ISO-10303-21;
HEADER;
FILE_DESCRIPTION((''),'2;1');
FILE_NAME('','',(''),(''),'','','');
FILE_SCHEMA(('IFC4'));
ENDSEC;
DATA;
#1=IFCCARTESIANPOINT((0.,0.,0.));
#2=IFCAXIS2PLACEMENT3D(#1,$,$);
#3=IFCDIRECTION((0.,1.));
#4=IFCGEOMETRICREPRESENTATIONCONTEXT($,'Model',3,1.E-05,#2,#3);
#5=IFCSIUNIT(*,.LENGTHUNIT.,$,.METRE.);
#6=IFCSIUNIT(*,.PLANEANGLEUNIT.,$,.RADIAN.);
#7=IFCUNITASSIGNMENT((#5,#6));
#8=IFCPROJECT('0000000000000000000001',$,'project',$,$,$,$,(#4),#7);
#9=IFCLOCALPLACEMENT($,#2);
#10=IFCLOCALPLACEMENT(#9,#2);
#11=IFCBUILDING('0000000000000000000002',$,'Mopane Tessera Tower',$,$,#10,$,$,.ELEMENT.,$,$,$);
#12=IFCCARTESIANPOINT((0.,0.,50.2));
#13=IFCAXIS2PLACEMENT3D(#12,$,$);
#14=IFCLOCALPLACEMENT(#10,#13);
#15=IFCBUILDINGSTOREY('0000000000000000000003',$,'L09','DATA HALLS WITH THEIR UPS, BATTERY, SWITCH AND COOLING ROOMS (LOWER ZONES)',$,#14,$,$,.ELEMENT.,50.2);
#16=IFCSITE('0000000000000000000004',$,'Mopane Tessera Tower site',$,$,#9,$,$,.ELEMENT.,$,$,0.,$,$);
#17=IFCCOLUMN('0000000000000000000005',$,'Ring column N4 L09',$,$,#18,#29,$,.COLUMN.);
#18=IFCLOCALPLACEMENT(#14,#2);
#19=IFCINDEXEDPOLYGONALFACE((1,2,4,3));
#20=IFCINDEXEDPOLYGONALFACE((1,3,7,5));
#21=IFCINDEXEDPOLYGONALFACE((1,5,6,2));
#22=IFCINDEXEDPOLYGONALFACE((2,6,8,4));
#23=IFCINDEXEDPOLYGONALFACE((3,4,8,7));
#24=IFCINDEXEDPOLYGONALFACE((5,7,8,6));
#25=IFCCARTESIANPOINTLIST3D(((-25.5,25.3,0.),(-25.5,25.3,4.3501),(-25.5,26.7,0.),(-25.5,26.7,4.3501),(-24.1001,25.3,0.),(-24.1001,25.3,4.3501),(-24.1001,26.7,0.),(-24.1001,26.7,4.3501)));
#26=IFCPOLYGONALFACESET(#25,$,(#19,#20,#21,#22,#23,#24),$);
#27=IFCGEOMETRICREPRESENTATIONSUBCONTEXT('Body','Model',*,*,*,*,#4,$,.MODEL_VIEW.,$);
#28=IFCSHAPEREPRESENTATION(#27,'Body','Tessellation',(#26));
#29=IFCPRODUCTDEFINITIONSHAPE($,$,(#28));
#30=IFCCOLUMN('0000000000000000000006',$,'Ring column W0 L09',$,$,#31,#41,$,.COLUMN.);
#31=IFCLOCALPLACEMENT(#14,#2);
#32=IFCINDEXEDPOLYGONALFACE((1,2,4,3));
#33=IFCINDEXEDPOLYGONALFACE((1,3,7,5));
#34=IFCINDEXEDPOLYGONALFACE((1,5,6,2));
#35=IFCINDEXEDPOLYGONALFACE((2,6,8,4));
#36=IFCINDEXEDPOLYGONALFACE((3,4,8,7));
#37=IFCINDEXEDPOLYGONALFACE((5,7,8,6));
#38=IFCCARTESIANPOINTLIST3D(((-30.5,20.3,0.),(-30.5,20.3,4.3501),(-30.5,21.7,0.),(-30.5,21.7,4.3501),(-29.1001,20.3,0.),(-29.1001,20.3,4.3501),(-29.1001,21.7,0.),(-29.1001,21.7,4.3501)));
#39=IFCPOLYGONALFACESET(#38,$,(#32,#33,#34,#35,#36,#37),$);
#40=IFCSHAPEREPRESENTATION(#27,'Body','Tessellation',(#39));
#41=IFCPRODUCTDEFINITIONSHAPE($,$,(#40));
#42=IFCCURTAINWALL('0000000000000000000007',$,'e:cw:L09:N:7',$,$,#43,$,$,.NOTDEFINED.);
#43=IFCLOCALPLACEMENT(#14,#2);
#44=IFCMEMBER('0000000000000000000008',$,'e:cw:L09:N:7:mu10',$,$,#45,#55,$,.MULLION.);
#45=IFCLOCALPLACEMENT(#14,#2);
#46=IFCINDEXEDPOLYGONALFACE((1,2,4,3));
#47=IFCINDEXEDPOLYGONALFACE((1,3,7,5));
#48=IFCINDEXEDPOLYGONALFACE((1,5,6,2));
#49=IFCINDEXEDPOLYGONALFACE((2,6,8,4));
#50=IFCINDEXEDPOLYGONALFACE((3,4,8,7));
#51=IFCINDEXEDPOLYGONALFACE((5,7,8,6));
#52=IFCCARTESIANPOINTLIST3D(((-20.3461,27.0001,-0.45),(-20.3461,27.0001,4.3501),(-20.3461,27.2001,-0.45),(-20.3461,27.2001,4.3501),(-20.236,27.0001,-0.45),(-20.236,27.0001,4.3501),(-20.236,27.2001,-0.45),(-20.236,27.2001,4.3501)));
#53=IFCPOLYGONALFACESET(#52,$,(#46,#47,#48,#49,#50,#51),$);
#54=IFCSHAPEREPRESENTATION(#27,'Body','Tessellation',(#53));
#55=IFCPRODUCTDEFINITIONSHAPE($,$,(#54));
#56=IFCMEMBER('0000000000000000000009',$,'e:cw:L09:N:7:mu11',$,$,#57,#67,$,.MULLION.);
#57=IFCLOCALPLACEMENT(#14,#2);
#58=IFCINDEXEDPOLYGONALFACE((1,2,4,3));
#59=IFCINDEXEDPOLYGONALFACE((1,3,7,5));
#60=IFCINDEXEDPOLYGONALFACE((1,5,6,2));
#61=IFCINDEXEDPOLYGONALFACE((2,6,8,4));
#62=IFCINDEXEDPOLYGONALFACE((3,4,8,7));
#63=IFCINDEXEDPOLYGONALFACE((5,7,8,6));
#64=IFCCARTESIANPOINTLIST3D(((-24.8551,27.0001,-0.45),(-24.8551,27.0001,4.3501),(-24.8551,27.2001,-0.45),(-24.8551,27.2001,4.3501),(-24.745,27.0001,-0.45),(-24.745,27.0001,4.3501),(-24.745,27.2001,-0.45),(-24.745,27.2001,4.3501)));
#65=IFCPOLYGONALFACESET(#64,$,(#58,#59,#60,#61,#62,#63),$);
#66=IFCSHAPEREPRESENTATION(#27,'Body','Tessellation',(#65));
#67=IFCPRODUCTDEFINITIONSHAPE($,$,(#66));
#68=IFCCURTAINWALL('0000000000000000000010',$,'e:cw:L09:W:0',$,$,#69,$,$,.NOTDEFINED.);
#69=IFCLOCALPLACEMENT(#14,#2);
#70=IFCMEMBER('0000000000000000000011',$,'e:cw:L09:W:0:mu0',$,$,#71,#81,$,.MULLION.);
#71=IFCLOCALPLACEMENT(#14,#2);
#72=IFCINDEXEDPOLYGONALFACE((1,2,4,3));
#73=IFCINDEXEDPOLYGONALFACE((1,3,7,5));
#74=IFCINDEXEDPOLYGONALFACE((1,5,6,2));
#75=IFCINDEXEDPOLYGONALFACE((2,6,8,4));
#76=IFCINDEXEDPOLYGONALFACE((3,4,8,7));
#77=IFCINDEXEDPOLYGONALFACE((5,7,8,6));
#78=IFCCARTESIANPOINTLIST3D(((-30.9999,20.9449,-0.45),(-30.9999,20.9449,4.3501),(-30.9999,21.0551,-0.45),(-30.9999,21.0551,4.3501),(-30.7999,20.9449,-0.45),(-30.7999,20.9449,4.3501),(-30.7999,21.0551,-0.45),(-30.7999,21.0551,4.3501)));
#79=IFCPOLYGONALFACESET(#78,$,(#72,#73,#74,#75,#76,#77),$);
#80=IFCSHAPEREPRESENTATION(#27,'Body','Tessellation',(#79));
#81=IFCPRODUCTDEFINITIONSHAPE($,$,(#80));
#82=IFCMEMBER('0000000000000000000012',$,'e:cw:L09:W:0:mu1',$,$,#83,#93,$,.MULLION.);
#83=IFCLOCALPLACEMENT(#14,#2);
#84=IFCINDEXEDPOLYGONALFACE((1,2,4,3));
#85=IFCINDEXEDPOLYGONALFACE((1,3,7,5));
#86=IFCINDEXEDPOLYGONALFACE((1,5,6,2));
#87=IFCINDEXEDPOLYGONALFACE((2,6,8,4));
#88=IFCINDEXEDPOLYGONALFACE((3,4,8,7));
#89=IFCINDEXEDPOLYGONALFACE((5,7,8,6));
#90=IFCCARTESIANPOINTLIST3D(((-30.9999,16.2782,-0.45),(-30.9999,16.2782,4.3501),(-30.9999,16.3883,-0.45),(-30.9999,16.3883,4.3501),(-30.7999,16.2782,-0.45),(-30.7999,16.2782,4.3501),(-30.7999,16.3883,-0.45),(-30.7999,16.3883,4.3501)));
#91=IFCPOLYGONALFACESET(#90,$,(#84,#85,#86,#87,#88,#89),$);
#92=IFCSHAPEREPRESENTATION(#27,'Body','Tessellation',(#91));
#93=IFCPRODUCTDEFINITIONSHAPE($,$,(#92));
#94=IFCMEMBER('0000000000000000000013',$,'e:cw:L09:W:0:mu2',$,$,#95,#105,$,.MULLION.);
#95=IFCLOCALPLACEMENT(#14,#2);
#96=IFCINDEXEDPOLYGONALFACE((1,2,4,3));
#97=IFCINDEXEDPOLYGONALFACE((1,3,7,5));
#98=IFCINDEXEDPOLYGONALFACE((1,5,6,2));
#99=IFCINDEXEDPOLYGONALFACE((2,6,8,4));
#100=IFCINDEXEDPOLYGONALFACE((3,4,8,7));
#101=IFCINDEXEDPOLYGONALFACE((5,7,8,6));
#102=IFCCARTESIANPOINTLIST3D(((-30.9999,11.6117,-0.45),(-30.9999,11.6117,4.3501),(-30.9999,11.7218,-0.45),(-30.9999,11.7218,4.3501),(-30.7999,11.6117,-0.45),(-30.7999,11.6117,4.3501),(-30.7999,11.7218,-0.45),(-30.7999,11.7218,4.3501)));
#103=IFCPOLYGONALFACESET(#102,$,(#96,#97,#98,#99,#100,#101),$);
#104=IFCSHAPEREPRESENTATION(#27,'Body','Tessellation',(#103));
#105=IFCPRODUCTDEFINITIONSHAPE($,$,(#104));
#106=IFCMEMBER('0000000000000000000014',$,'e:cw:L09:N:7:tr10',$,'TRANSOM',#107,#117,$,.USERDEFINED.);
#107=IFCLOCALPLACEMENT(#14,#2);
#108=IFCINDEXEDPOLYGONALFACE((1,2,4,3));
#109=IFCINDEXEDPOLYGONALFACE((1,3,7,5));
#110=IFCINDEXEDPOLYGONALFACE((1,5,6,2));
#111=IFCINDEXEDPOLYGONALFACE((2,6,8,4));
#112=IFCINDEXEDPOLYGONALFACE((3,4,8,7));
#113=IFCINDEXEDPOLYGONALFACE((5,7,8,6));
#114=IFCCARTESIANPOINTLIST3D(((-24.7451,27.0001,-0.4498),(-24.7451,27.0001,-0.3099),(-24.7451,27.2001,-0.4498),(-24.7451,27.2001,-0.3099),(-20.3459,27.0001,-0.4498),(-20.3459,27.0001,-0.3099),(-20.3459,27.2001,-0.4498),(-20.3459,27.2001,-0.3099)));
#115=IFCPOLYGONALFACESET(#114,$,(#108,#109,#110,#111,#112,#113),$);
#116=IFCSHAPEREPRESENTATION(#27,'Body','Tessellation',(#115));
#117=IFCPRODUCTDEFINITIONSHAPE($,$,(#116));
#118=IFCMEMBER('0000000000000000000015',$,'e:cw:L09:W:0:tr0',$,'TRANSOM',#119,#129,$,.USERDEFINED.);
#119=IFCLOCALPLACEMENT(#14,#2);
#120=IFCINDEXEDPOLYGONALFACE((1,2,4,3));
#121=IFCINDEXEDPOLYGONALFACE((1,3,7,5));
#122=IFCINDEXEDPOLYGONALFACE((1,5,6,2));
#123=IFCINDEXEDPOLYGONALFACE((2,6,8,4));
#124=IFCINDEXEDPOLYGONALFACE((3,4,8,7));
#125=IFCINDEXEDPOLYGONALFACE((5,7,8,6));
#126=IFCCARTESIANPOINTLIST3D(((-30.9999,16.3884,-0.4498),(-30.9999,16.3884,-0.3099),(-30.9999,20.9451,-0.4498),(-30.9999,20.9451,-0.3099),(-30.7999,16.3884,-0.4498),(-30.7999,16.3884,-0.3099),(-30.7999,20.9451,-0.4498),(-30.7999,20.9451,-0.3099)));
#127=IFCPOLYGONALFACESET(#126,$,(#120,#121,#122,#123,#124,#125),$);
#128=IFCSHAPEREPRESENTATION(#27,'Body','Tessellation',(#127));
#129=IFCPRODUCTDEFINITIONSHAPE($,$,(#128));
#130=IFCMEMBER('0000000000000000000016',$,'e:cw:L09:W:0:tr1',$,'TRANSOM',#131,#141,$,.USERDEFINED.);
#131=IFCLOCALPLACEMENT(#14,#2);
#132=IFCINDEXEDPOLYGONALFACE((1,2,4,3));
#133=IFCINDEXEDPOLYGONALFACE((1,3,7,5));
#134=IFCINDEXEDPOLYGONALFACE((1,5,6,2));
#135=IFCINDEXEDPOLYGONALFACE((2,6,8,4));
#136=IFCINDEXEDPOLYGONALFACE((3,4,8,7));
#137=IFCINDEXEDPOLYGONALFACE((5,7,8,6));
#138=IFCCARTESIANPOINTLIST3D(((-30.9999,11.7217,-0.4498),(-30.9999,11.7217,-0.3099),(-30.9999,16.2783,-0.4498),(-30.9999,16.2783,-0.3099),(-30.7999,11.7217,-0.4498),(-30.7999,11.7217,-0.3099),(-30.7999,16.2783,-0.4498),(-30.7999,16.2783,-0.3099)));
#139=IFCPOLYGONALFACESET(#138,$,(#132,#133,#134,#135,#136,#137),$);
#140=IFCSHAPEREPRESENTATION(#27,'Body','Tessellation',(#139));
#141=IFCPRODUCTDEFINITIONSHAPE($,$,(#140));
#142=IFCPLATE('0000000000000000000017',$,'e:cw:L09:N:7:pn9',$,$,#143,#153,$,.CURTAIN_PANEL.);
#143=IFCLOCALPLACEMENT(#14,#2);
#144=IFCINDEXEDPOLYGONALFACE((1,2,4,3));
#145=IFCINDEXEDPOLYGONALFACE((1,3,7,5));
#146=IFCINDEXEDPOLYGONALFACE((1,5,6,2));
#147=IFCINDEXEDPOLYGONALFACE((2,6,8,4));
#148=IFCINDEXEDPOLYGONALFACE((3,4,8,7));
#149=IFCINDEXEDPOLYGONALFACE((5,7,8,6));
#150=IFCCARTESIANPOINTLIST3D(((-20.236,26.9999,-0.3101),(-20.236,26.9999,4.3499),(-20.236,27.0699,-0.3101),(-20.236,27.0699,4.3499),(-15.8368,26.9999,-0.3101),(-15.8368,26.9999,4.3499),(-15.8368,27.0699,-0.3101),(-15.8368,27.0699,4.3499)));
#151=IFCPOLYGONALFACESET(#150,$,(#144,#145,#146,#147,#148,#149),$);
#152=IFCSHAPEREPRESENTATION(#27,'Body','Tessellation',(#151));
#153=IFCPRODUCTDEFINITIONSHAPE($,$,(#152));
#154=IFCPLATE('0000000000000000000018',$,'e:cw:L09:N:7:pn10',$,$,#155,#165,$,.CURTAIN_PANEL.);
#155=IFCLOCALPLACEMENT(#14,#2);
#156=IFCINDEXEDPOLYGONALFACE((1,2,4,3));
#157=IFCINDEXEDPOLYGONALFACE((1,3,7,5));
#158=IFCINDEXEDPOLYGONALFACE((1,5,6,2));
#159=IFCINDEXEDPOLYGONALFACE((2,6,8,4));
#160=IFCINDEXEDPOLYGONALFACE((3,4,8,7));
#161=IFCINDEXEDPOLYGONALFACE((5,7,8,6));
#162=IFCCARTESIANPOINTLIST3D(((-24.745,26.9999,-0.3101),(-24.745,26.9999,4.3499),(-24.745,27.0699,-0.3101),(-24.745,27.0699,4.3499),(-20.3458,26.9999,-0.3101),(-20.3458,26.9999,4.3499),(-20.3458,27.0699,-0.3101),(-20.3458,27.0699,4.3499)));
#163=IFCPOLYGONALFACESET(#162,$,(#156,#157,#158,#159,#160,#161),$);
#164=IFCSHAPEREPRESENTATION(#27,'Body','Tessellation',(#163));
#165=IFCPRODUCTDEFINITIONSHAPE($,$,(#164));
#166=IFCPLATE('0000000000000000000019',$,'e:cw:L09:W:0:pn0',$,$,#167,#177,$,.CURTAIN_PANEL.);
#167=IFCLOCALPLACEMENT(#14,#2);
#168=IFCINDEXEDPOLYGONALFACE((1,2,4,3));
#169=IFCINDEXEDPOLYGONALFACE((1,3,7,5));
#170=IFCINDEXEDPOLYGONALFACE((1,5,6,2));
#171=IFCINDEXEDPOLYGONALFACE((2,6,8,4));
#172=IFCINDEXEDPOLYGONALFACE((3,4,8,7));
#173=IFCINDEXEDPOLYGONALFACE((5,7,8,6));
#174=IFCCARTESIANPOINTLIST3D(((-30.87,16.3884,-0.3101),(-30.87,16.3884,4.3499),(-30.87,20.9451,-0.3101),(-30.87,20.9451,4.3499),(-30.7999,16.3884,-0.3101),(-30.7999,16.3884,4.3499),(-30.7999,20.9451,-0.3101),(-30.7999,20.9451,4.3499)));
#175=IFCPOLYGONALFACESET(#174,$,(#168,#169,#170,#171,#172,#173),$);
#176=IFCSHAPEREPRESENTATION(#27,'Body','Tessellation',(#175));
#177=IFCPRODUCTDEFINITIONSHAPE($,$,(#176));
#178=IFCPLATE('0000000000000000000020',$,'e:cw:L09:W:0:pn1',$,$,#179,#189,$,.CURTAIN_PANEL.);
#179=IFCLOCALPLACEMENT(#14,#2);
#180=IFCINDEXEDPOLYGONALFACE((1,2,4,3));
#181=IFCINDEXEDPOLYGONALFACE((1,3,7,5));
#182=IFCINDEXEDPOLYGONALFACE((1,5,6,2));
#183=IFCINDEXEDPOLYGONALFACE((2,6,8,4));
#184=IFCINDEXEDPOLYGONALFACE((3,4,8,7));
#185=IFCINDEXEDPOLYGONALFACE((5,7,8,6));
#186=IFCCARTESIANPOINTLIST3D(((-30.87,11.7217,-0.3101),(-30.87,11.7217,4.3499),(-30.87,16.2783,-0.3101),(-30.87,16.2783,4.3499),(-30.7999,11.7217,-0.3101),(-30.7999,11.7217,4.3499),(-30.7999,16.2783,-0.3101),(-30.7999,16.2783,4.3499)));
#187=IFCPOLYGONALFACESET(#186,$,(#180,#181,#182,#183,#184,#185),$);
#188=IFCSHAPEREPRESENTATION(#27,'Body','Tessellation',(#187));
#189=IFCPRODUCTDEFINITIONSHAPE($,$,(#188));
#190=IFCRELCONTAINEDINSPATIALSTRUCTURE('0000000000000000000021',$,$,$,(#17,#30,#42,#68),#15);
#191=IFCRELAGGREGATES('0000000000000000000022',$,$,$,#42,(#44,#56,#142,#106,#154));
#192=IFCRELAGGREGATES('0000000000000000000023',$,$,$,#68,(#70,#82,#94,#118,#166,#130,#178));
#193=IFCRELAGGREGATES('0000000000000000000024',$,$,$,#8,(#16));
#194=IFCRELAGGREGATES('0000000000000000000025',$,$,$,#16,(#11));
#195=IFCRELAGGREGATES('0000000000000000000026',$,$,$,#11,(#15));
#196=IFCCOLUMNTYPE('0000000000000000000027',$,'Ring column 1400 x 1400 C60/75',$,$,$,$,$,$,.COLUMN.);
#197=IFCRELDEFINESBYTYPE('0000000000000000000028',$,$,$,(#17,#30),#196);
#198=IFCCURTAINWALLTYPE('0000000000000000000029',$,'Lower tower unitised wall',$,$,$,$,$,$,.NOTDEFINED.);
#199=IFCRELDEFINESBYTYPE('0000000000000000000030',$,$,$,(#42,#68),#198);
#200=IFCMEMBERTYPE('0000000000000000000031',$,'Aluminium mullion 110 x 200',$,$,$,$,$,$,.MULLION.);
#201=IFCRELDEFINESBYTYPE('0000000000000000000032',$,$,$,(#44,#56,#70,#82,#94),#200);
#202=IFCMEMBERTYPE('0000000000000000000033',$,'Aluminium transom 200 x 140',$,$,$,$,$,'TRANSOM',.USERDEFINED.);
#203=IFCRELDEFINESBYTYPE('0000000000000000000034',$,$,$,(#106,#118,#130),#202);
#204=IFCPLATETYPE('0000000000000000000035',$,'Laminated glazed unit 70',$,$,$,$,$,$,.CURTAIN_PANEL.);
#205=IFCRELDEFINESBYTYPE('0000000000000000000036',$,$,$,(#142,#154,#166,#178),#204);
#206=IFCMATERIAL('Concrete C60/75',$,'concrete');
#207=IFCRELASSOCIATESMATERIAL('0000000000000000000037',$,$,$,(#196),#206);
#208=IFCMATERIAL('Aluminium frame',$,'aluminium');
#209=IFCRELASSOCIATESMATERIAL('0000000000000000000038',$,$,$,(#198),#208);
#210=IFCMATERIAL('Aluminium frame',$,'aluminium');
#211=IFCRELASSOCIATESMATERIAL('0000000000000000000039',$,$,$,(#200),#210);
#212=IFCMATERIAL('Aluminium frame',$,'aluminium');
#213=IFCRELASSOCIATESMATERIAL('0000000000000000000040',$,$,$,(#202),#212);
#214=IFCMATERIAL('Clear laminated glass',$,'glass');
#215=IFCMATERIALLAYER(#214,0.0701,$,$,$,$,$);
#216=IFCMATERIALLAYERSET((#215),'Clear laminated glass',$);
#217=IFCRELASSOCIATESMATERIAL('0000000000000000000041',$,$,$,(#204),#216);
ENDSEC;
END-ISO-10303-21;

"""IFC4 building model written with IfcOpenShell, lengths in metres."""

from ifc_helpers import new_model, si_unit, direction, frame, origin, origin_2d, place, context, subcontext, project, spatial, rectangle, extrude, material, layer, layer_set, material_profile, profile_set, type_object, element, aggregate, save


model = new_model("IFC4")

# Units and contexts
model_context = context("Model", 3, precision=1e-05, world=origin(), true_north=direction((0.0, 1.0)))
body_context = subcontext(model_context, "Body", "Model", "MODEL_VIEW")
ifc_project = project(units=[si_unit("LENGTHUNIT", "METRE"), si_unit("PLANEANGLEUNIT", "RADIAN")], contexts=[model_context])

# Site, building, storey
site_placement = place(None, origin())
site = spatial("IfcSite", under=ifc_project, at=site_placement, Name="Mopane Tessera Tower site", CompositionType="ELEMENT", RefElevation=0.0)
building_placement = place(site_placement, origin())
building = spatial("IfcBuilding", under=site, at=building_placement, Name="Mopane Tessera Tower", CompositionType="ELEMENT")
storey_placement = place(building_placement, frame((0.0, 0.0, 50.2)))
storey = spatial("IfcBuildingStorey", under=building, at=storey_placement, Name="L09", Description="DATA HALLS WITH THEIR UPS, BATTERY, SWITCH AND COOLING ROOMS (LOWER ZONES)", CompositionType="ELEMENT", Elevation=50.2)

# Columns
ifc_material_1 = material(Name="Concrete C60/75", Category="concrete")
ifc_material_profile_1 = material_profile(ifc_material_1, rectangle(XDim=1.3999, YDim=1.3999, at=origin_2d()))
ifc_profile_set_1 = profile_set([ifc_material_profile_1], Name="Concrete C60/75")
column_type = type_object("IfcColumnType", Name="Ring column 1400 x 1400 C60/75", PredefinedType="COLUMN", material=ifc_profile_set_1)
for number, where, z_axis, x_axis, name in (
    (1, (-24.8, 26.0, 0.0), (0.0, 0.0, 1.0), (1.0, 0.0, 0.0), "Ring column N4 L09"),
    (2, (-29.8, 21.0, 0.0), (0.0, 0.0, 1.0), (1.0, 0.0, 0.0), "Ring column W0 L09"),
):
    element("IfcColumn", number, at=place(storey_placement, frame(where, z_axis=z_axis, x_axis=x_axis)), inside=storey, type_object=column_type, Name=name, PredefinedType="COLUMN", context=body_context, shape_type="SweptSolid", body=[
        extrude(rectangle(XDim=1.3999, YDim=1.3999, at=origin_2d()), origin(), (0.0, 0.0, 1.0), 4.3501),
    ])

# Curtain walls, members
ifc_material_2 = material(Name="Aluminium frame", Category="aluminium")
curtain_wall_type = type_object("IfcCurtainWallType", Name="Lower tower unitised wall", PredefinedType="NOTDEFINED", material=ifc_material_2)
curtain_wall_1_placement = place(storey_placement, origin())
curtain_wall_1 = element("IfcCurtainWall", 3, at=curtain_wall_1_placement, inside=storey, type_object=curtain_wall_type, Name="e:cw:L09:N:7", PredefinedType="NOTDEFINED")
ifc_material_3 = material(Name="Aluminium frame", Category="aluminium")
ifc_material_profile_2 = material_profile(ifc_material_3, rectangle(XDim=0.1101, YDim=0.2, at=origin_2d()))
ifc_profile_set_2 = profile_set([ifc_material_profile_2], Name="Aluminium frame")
member_type_1 = type_object("IfcMemberType", Name="Aluminium mullion 110 x 200", PredefinedType="MULLION", material=ifc_profile_set_2)
member_1_placement = place(storey_placement, frame((-20.291, 27.1001, -0.45), z_axis=(0.0, 0.0, 1.0), x_axis=(-1.0, 0.0, 0.0)))
member_1 = element("IfcMember", 4, at=member_1_placement, type_object=member_type_1, Name="e:cw:L09:N:7:mu10", PredefinedType="MULLION", context=body_context, shape_type="SweptSolid", body=[
    extrude(rectangle(XDim=0.1101, YDim=0.2, at=origin_2d()), origin(), (0.0, 0.0, 1.0), 4.8),
])
member_2_placement = place(storey_placement, frame((-24.8, 27.1001, -0.45), z_axis=(0.0, 0.0, 1.0), x_axis=(-1.0, 0.0, 0.0)))
member_2 = element("IfcMember", 5, at=member_2_placement, type_object=member_type_1, Name="e:cw:L09:N:7:mu11", PredefinedType="MULLION", context=body_context, shape_type="SweptSolid", body=[
    extrude(rectangle(XDim=0.1101, YDim=0.2, at=origin_2d()), origin(), (0.0, 0.0, 1.0), 4.8),
])
curtain_wall_2_placement = place(storey_placement, origin())
curtain_wall_2 = element("IfcCurtainWall", 6, at=curtain_wall_2_placement, inside=storey, type_object=curtain_wall_type, Name="e:cw:L09:W:0", PredefinedType="NOTDEFINED")
member_3_placement = place(storey_placement, frame((-30.8999, 21.0, -0.45), z_axis=(0.0, 0.0, 1.0), x_axis=(0.0, -1.0, 0.0)))
member_3 = element("IfcMember", 7, at=member_3_placement, type_object=member_type_1, Name="e:cw:L09:W:0:mu0", PredefinedType="MULLION", context=body_context, shape_type="SweptSolid", body=[
    extrude(rectangle(XDim=0.1101, YDim=0.2, at=origin_2d()), origin(), (0.0, 0.0, 1.0), 4.8),
])
member_4_placement = place(storey_placement, frame((-30.8999, 16.3333, -0.45), z_axis=(0.0, 0.0, 1.0), x_axis=(0.0, -1.0, 0.0)))
member_4 = element("IfcMember", 8, at=member_4_placement, type_object=member_type_1, Name="e:cw:L09:W:0:mu1", PredefinedType="MULLION", context=body_context, shape_type="SweptSolid", body=[
    extrude(rectangle(XDim=0.1101, YDim=0.2, at=origin_2d()), origin(), (0.0, 0.0, 1.0), 4.8),
])
member_5_placement = place(storey_placement, frame((-30.8999, 11.6667, -0.45), z_axis=(0.0, 0.0, 1.0), x_axis=(0.0, -1.0, 0.0)))
member_5 = element("IfcMember", 9, at=member_5_placement, type_object=member_type_1, Name="e:cw:L09:W:0:mu2", PredefinedType="MULLION", context=body_context, shape_type="SweptSolid", body=[
    extrude(rectangle(XDim=0.1101, YDim=0.2, at=origin_2d()), origin(), (0.0, 0.0, 1.0), 4.8),
])

# Members
ifc_material_4 = material(Name="Aluminium frame", Category="aluminium")
ifc_material_profile_3 = material_profile(ifc_material_4, rectangle(XDim=0.2, YDim=0.1399, at=origin_2d()))
ifc_profile_set_3 = profile_set([ifc_material_profile_3], Name="Aluminium frame")
member_type_2 = type_object("IfcMemberType", Name="Aluminium transom 200 x 140", ElementType="TRANSOM", PredefinedType="USERDEFINED", material=ifc_profile_set_3)
member_6_placement = place(storey_placement, frame((-20.3459, 27.1001, -0.3799), z_axis=(-1.0, 0.0, 0.0), x_axis=(0.0, -1.0, 0.0)))
member_6 = element("IfcMember", 10, at=member_6_placement, type_object=member_type_2, Name="e:cw:L09:N:7:tr10", ObjectType="TRANSOM", PredefinedType="USERDEFINED", context=body_context, shape_type="SweptSolid", body=[
    extrude(rectangle(XDim=0.2, YDim=0.1399, at=origin_2d()), origin(), (0.0, 0.0, 1.0), 4.3992),
])
member_7_placement = place(storey_placement, frame((-30.8999, 20.9451, -0.3799), z_axis=(0.0, -1.0, 0.0), x_axis=(1.0, 0.0, 0.0)))
member_7 = element("IfcMember", 11, at=member_7_placement, type_object=member_type_2, Name="e:cw:L09:W:0:tr0", ObjectType="TRANSOM", PredefinedType="USERDEFINED", context=body_context, shape_type="SweptSolid", body=[
    extrude(rectangle(XDim=0.2, YDim=0.1399, at=origin_2d()), origin(), (0.0, 0.0, 1.0), 4.5566),
])
member_8_placement = place(storey_placement, frame((-30.8999, 16.2783, -0.3799), z_axis=(0.0, -1.0, 0.0), x_axis=(1.0, 0.0, 0.0)))
member_8 = element("IfcMember", 12, at=member_8_placement, type_object=member_type_2, Name="e:cw:L09:W:0:tr1", ObjectType="TRANSOM", PredefinedType="USERDEFINED", context=body_context, shape_type="SweptSolid", body=[
    extrude(rectangle(XDim=0.2, YDim=0.1399, at=origin_2d()), origin(), (0.0, 0.0, 1.0), 4.5566),
])

# Plates
ifc_material_5 = material(Name="Clear laminated glass", Category="glass")
ifc_layer_1 = layer(ifc_material_5, 0.0701)
ifc_layer_set_1 = layer_set([ifc_layer_1], Name="Clear laminated glass")
plate_type = type_object("IfcPlateType", Name="Laminated glazed unit 70", PredefinedType="CURTAIN_PANEL", material=ifc_layer_set_1)
plate_1_placement = place(storey_placement, frame((-18.0364, 27.0349, -0.3101), z_axis=(0.0, 0.0, 1.0), x_axis=(-1.0, 0.0, 0.0)))
plate_1 = element("IfcPlate", 13, at=plate_1_placement, type_object=plate_type, Name="e:cw:L09:N:7:pn9", PredefinedType="CURTAIN_PANEL", context=body_context, shape_type="SweptSolid", body=[
    extrude(rectangle(XDim=4.3992, YDim=0.0701, at=origin_2d()), origin(), (0.0, 0.0, 1.0), 4.6599),
])
plate_2_placement = place(storey_placement, frame((-22.5454, 27.0349, -0.3101), z_axis=(0.0, 0.0, 1.0), x_axis=(-1.0, 0.0, 0.0)))
plate_2 = element("IfcPlate", 14, at=plate_2_placement, type_object=plate_type, Name="e:cw:L09:N:7:pn10", PredefinedType="CURTAIN_PANEL", context=body_context, shape_type="SweptSolid", body=[
    extrude(rectangle(XDim=4.3992, YDim=0.0701, at=origin_2d()), origin(), (0.0, 0.0, 1.0), 4.6599),
])
aggregate(curtain_wall_1, [member_1, member_2, plate_1, member_6, plate_2])
plate_3_placement = place(storey_placement, frame((-30.835, 18.6667, -0.3101), z_axis=(0.0, 0.0, 1.0), x_axis=(0.0, -1.0, 0.0)))
plate_3 = element("IfcPlate", 15, at=plate_3_placement, type_object=plate_type, Name="e:cw:L09:W:0:pn0", PredefinedType="CURTAIN_PANEL", context=body_context, shape_type="SweptSolid", body=[
    extrude(rectangle(XDim=4.5566, YDim=0.0701, at=origin_2d()), origin(), (0.0, 0.0, 1.0), 4.6599),
])
plate_4_placement = place(storey_placement, frame((-30.835, 14.0, -0.3101), z_axis=(0.0, 0.0, 1.0), x_axis=(0.0, -1.0, 0.0)))
plate_4 = element("IfcPlate", 16, at=plate_4_placement, type_object=plate_type, Name="e:cw:L09:W:0:pn1", PredefinedType="CURTAIN_PANEL", context=body_context, shape_type="SweptSolid", body=[
    extrude(rectangle(XDim=4.5566, YDim=0.0701, at=origin_2d()), origin(), (0.0, 0.0, 1.0), 4.6599),
])
aggregate(curtain_wall_2, [member_3, member_4, member_5, member_7, plate_3, member_8, plate_4])

save(model, "model.ifc")
